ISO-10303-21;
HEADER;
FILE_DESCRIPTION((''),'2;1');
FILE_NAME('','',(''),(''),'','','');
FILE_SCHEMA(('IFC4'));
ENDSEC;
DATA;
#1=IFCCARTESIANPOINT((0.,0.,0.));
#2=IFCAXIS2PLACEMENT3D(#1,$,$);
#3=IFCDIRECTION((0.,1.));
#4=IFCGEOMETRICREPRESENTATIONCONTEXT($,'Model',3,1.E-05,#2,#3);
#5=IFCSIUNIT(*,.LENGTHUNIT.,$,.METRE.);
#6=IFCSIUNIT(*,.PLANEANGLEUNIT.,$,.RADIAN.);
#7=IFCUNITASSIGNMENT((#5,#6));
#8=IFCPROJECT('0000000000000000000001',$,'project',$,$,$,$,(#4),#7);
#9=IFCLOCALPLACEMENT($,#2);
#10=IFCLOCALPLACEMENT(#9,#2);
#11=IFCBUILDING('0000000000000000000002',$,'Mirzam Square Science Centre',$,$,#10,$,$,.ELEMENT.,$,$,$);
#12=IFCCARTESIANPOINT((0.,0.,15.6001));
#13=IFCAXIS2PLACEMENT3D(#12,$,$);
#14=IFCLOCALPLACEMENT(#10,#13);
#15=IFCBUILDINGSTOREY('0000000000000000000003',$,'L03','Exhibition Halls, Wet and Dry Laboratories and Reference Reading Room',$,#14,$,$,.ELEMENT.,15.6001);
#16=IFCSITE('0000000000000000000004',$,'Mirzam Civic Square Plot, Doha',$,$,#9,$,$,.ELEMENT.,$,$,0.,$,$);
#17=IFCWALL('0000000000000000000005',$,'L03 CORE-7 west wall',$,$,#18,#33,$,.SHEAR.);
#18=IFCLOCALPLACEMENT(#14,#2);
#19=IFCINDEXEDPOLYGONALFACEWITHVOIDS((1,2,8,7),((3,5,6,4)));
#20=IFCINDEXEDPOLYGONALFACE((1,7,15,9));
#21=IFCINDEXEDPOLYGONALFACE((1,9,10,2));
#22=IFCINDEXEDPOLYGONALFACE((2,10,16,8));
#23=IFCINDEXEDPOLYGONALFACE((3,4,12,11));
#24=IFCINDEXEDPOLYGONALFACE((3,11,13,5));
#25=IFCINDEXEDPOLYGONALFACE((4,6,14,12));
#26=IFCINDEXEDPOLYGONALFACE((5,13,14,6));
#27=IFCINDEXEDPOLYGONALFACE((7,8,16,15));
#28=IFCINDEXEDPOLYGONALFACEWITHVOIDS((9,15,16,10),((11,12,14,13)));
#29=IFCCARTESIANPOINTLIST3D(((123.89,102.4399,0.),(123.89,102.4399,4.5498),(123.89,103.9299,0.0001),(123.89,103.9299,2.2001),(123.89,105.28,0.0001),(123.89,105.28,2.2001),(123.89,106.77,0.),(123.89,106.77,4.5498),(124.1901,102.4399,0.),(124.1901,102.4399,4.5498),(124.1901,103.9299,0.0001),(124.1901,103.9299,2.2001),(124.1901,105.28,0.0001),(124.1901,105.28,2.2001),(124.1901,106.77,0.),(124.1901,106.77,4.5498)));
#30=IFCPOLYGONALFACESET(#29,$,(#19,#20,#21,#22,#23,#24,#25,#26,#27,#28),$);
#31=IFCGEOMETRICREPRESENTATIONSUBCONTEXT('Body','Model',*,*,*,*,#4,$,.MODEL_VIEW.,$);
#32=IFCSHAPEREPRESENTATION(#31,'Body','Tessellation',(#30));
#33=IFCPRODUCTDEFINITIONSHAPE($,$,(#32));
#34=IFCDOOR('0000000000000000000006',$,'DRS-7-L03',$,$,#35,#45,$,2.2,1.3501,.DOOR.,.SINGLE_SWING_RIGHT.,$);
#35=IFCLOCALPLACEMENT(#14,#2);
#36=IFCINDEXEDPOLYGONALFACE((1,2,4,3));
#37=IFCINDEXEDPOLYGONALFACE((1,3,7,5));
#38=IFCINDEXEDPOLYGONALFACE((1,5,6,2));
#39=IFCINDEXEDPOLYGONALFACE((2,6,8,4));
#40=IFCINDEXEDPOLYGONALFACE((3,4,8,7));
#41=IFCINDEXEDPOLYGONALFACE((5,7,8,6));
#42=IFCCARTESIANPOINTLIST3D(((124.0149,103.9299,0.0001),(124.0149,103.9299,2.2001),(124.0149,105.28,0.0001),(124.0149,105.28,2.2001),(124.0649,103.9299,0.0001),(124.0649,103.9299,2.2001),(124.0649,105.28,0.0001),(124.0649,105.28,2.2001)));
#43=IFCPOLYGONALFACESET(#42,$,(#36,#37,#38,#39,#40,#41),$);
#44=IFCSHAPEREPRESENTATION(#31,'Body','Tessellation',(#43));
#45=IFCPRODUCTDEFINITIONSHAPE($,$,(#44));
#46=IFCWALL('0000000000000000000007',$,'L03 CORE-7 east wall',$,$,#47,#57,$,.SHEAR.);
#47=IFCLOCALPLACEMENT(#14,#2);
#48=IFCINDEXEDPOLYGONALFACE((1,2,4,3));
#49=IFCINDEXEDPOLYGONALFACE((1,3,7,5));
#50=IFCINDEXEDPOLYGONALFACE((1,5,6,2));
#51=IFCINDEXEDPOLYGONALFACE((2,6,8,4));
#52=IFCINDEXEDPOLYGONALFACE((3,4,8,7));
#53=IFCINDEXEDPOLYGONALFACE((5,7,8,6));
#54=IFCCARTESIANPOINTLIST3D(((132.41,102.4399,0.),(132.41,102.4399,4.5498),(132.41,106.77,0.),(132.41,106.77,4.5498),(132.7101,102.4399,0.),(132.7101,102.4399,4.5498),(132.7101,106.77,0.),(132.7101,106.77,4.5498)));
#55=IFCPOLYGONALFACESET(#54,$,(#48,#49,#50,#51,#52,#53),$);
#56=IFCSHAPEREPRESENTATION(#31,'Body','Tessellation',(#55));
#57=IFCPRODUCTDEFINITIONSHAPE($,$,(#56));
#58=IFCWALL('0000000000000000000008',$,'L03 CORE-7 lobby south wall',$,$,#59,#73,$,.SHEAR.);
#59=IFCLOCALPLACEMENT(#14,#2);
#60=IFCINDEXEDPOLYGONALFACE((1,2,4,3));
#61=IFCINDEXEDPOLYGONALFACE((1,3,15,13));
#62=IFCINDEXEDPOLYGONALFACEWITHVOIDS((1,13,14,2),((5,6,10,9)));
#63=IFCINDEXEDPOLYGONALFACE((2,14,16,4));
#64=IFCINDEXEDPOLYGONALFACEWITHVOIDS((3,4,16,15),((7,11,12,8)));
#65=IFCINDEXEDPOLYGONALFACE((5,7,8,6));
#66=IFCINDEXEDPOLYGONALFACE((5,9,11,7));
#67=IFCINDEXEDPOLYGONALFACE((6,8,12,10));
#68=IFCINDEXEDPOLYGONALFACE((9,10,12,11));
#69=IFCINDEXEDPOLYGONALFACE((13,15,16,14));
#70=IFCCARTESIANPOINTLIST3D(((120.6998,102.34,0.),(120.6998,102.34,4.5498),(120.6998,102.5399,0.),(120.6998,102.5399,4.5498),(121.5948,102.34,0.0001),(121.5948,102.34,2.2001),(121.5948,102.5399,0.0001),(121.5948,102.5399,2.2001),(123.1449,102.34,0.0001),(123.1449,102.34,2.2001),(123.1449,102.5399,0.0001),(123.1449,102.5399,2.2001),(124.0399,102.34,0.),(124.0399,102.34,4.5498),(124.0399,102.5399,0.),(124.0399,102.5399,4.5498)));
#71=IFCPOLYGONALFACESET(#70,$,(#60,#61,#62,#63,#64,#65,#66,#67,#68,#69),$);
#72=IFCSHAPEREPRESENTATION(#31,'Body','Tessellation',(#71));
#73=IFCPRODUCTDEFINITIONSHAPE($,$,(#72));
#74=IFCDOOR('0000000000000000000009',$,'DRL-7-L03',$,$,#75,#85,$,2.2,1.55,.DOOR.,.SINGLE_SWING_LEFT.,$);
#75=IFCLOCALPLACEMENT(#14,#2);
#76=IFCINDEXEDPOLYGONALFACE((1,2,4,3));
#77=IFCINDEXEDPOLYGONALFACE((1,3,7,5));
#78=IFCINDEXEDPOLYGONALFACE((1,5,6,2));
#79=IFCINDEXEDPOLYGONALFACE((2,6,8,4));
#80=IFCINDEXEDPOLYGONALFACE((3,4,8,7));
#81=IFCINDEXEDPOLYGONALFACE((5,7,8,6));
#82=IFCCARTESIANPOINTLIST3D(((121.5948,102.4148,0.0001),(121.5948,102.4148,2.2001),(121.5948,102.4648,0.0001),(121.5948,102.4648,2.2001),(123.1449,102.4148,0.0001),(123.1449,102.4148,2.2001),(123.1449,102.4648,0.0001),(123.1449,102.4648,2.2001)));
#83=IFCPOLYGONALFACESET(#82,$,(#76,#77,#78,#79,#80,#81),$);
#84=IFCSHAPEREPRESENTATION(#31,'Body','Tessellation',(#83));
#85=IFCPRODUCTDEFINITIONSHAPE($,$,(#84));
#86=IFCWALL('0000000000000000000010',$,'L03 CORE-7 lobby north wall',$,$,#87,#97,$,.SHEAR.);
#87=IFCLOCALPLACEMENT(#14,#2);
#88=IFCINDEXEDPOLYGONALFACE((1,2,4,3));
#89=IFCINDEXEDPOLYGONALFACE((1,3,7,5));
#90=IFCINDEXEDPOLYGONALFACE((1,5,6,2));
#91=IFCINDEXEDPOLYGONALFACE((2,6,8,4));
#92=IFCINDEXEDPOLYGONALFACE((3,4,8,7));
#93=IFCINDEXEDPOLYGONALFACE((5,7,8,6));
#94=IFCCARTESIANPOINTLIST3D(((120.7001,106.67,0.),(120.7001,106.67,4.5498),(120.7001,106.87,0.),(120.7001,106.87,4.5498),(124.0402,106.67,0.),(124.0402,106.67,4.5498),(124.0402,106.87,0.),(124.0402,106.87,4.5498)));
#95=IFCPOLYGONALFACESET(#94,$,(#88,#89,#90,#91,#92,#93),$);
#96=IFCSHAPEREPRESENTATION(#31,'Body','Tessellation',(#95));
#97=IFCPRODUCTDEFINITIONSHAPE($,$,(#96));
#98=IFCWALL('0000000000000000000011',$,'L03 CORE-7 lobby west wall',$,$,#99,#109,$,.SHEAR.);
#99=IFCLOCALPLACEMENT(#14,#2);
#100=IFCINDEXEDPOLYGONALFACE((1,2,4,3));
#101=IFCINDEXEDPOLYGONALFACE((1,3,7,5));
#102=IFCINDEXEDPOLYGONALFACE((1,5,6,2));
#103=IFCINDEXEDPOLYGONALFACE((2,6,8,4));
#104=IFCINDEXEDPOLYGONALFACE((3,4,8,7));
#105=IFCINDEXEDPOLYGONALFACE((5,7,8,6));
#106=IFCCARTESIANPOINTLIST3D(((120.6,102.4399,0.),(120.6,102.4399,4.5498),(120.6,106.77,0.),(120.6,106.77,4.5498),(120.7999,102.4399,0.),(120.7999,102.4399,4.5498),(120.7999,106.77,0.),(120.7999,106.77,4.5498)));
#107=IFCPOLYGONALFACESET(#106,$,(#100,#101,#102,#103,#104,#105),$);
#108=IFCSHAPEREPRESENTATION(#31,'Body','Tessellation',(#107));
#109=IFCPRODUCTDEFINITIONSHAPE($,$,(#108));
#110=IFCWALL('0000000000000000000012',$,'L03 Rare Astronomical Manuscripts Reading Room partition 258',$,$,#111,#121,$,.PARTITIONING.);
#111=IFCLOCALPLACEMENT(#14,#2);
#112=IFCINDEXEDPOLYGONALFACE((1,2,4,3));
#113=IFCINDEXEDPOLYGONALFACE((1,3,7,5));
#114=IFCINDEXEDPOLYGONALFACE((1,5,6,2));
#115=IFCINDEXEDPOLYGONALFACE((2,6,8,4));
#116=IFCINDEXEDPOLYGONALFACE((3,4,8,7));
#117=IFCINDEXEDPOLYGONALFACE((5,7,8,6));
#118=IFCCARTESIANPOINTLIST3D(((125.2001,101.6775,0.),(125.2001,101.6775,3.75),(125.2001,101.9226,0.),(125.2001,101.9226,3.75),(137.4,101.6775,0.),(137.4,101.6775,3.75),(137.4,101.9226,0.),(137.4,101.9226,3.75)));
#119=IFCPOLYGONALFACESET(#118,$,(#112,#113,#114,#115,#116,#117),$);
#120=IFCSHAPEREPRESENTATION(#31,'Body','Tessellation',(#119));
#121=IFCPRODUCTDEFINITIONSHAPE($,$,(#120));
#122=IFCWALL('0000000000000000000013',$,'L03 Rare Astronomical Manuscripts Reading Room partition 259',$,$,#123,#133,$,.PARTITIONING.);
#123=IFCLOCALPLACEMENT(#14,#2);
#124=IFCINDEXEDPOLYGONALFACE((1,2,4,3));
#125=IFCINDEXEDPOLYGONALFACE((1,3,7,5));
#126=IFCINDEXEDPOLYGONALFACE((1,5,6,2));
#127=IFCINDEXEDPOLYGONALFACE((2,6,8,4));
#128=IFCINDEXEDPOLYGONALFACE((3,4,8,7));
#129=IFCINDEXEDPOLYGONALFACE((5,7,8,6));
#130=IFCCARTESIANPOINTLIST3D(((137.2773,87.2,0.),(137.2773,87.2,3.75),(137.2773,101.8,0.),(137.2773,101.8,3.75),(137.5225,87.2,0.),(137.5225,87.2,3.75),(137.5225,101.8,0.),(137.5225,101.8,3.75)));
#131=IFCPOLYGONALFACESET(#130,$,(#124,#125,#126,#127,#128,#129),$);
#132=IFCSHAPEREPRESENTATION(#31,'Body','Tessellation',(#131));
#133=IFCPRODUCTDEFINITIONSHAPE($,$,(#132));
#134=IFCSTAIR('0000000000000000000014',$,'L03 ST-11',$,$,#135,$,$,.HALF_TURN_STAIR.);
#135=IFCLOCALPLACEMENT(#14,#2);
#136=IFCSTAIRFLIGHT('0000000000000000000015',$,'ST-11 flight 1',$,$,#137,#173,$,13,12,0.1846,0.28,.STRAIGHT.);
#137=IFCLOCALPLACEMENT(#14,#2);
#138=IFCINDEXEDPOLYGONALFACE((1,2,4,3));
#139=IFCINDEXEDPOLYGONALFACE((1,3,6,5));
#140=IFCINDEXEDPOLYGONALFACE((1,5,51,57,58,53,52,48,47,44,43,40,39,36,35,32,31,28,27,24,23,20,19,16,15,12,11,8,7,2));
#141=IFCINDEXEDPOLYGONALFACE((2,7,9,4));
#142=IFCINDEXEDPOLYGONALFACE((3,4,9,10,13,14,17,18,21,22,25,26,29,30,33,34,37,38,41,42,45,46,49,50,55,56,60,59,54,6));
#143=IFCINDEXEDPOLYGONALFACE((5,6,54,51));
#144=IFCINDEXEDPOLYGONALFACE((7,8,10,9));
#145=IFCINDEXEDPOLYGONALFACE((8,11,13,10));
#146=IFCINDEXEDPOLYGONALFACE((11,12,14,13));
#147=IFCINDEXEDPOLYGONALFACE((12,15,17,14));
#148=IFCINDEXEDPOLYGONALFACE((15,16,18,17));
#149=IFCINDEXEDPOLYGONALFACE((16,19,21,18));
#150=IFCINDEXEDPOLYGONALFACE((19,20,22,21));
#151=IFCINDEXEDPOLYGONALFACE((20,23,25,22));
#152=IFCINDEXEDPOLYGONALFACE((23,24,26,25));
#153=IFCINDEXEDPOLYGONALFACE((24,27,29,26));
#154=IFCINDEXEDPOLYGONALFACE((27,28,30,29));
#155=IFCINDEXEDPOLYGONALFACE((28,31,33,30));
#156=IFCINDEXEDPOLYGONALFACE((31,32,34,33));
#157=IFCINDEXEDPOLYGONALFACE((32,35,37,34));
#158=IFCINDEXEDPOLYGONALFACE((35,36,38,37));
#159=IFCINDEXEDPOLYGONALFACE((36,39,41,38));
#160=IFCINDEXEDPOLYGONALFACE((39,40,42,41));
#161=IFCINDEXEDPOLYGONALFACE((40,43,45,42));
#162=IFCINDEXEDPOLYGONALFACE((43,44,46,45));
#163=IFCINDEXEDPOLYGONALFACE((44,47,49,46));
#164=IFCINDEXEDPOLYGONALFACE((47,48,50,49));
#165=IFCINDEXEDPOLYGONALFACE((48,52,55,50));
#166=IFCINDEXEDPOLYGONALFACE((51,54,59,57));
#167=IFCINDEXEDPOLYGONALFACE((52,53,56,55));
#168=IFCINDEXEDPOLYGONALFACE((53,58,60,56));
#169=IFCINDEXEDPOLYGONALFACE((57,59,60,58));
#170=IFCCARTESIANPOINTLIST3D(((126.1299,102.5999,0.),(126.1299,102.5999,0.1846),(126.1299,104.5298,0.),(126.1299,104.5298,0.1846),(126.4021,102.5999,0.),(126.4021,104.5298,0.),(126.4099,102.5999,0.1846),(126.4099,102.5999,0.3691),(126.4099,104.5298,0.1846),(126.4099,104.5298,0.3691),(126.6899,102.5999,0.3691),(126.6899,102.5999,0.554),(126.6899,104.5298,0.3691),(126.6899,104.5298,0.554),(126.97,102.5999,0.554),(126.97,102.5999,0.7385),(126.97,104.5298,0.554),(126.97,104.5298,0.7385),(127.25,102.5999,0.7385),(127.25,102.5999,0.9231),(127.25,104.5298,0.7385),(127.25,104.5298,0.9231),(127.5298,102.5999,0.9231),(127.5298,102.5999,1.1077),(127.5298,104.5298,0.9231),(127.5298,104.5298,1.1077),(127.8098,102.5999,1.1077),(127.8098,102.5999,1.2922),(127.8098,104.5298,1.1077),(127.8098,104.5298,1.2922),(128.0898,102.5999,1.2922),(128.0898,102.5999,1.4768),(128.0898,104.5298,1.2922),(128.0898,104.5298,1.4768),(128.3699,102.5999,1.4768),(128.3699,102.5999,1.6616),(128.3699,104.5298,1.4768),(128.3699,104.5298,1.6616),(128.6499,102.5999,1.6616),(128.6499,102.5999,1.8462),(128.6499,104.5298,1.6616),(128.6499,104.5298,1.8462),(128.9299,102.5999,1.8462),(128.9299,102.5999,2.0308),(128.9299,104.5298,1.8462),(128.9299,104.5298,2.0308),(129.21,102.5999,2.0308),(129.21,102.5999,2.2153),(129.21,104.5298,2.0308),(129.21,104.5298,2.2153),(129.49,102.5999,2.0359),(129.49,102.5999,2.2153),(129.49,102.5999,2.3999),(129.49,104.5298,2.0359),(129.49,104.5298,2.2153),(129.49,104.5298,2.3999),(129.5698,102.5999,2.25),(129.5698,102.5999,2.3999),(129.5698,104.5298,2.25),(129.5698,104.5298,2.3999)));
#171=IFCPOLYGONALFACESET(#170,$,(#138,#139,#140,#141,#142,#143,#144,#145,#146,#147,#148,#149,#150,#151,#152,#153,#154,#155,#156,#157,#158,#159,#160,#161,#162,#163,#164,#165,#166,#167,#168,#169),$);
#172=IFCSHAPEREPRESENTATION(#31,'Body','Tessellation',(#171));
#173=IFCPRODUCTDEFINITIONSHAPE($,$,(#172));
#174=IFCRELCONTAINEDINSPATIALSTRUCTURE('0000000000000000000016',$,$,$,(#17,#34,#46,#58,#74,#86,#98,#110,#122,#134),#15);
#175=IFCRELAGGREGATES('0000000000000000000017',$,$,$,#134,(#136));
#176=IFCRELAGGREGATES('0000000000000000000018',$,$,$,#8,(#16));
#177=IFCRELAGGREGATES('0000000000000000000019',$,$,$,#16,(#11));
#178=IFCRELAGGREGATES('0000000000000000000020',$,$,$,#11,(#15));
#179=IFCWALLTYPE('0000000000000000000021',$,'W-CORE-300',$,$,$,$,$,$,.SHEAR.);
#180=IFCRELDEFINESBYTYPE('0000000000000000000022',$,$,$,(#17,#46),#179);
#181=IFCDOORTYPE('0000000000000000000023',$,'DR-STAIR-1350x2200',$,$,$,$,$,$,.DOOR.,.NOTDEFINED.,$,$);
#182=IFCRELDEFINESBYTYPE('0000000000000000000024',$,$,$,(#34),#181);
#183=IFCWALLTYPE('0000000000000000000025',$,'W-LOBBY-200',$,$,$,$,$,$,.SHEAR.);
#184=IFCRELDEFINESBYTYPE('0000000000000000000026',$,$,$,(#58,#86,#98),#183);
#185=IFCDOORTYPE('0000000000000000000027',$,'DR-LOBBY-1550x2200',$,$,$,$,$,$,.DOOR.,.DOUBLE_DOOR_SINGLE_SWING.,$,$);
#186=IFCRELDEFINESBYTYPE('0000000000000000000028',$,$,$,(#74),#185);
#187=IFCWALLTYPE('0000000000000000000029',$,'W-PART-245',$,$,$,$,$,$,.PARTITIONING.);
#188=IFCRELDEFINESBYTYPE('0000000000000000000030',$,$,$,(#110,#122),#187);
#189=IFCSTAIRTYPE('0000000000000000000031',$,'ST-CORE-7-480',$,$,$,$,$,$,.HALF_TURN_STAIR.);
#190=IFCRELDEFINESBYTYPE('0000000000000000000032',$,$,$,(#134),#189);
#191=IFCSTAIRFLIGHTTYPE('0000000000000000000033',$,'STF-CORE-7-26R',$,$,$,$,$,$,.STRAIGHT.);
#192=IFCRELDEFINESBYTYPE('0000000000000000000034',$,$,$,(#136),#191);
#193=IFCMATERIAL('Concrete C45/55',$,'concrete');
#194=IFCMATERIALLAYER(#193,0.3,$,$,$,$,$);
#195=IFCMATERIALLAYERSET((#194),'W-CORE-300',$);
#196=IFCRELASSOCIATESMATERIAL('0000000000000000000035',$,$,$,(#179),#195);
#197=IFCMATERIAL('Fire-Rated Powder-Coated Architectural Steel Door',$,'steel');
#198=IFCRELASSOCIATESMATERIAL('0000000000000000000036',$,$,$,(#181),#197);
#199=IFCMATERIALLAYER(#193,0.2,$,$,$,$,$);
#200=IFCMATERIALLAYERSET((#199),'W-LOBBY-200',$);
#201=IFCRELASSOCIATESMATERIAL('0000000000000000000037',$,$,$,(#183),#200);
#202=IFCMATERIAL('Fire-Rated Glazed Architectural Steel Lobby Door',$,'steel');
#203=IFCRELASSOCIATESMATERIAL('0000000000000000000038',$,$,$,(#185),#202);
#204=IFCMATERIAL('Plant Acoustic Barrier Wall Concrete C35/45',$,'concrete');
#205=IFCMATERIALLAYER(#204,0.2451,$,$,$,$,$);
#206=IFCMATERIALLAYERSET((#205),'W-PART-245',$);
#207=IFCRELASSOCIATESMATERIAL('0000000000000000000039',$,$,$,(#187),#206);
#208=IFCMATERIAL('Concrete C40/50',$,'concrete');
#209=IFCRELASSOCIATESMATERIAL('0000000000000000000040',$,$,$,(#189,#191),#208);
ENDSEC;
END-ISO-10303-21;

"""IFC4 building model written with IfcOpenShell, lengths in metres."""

from ifc_helpers import new_model, si_unit, direction, frame, frame_2d, origin, place, context, subcontext, project, spatial, polyline, rectangle, outline, extrude, material, layer, layer_set, type_object, element, fill, aggregate, save


model = new_model("IFC4")

# Units and contexts
model_context = context("Model", 3, precision=1e-05, world=origin(), true_north=direction((0.0, 1.0)))
body_context = subcontext(model_context, "Body", "Model", "MODEL_VIEW")
ifc_project = project(units=[si_unit("LENGTHUNIT", "METRE"), si_unit("PLANEANGLEUNIT", "RADIAN")], contexts=[model_context])

# Site, building, storey
site_placement = place(None, origin())
site = spatial("IfcSite", under=ifc_project, at=site_placement, Name="Mirzam Civic Square Plot, Doha", CompositionType="ELEMENT", RefElevation=0.0)
building_placement = place(site_placement, origin())
building = spatial("IfcBuilding", under=site, at=building_placement, Name="Mirzam Square Science Centre", CompositionType="ELEMENT")
storey_placement = place(building_placement, frame((0.0, 0.0, 15.6001)))
storey = spatial("IfcBuildingStorey", under=building, at=storey_placement, Name="L03", Description="Exhibition Halls, Wet and Dry Laboratories and Reference Reading Room", CompositionType="ELEMENT", Elevation=15.6001)

# Shared definitions
ifc_material_1 = material(Name="Concrete C45/55", Category="concrete")
ifc_layer_1 = layer(ifc_material_1, 0.3)
ifc_layer_set_1 = layer_set([ifc_layer_1], Name="W-CORE-300")
wall_type_1 = type_object("IfcWallType", Name="W-CORE-300", PredefinedType="SHEAR", material=ifc_layer_set_1)

# Wall, opening, door
wall_1_placement = place(storey_placement, frame((124.04, 106.77, 0.0), z_axis=(0.0, 0.0, 1.0), x_axis=(0.0, -1.0, 0.0)))
wall_1 = element("IfcWall", 1, at=wall_1_placement, inside=storey, type_object=wall_type_1, Name="L03 CORE-7 west wall", PredefinedType="SHEAR", context=body_context, shape_type="SweptSolid", body=[
    extrude(rectangle(XDim=4.3301, YDim=0.3, at=frame_2d((2.165, 0.0))), origin(), (0.0, 0.0, 1.0), 4.5498),
])
opening_1_placement = place(wall_1_placement, frame((1.49, 0.0, 0.0)))
opening_1 = element("IfcOpeningElement", 2, at=opening_1_placement, cuts=wall_1, PredefinedType="OPENING", context=body_context, shape_type="SweptSolid", body=[
    extrude(rectangle(XDim=1.3501, YDim=2.2, at=frame_2d((0.675, 1.1001))), frame((0.0, 0.1599, 0.0), z_axis=(0.0, -1.0, 0.0), x_axis=(1.0, 0.0, 0.0)), (0.0, 0.0, 1.0), 0.3201),
])
ifc_material_2 = material(Name="Fire-Rated Powder-Coated Architectural Steel Door", Category="steel")
door_type_1 = type_object("IfcDoorType", Name="DR-STAIR-1350x2200", OperationType="NOTDEFINED", PredefinedType="DOOR", material=ifc_material_2)
door_1_placement = place(opening_1_placement, origin())
door_1 = element("IfcDoor", 3, at=door_1_placement, inside=storey, type_object=door_type_1, Name="DRS-7-L03", OperationType="SINGLE_SWING_RIGHT", OverallHeight=2.2, OverallWidth=1.3501, PredefinedType="DOOR", context=body_context, shape_type="SweptSolid", body=[
    extrude(rectangle(XDim=1.3501, YDim=2.2, at=frame_2d((0.675, 1.1001))), frame((0.0, 0.0249, 0.0), z_axis=(0.0, -1.0, 0.0), x_axis=(1.0, 0.0, 0.0)), (0.0, 0.0, 1.0), 0.05),
])
fill(opening_1, door_1)

# Wall
wall_2_placement = place(storey_placement, frame((132.5601, 102.4399, 0.0), z_axis=(0.0, 0.0, 1.0), x_axis=(0.0, 1.0, 0.0)))
element("IfcWall", 4, at=wall_2_placement, inside=storey, type_object=wall_type_1, Name="L03 CORE-7 east wall", PredefinedType="SHEAR", context=body_context, shape_type="SweptSolid", body=[
    extrude(rectangle(XDim=4.3301, YDim=0.3, at=frame_2d((2.165, 0.0))), origin(), (0.0, 0.0, 1.0), 4.5498),
])

# Wall, opening, door
ifc_layer_2 = layer(ifc_material_1, 0.2)
ifc_layer_set_2 = layer_set([ifc_layer_2], Name="W-LOBBY-200")
wall_type_2 = type_object("IfcWallType", Name="W-LOBBY-200", PredefinedType="SHEAR", material=ifc_layer_set_2)
wall_3_placement = place(storey_placement, frame((120.7, 102.4399, 0.0), z_axis=(0.0, 0.0, 1.0), x_axis=(1.0, 0.0, 0.0)))
wall_3 = element("IfcWall", 5, at=wall_3_placement, inside=storey, type_object=wall_type_2, Name="L03 CORE-7 lobby south wall", PredefinedType="SHEAR", context=body_context, shape_type="SweptSolid", body=[
    extrude(rectangle(XDim=3.3401, YDim=0.2, at=frame_2d((1.6699, 0.0))), origin(), (0.0, 0.0, 1.0), 4.5498),
])
opening_2_placement = place(wall_3_placement, frame((0.895, 0.0, 0.0)))
opening_2 = element("IfcOpeningElement", 6, at=opening_2_placement, cuts=wall_3, PredefinedType="OPENING", context=body_context, shape_type="SweptSolid", body=[
    extrude(rectangle(XDim=1.55, YDim=2.2, at=frame_2d((0.7749, 1.1001))), frame((0.0, 0.1099, 0.0), z_axis=(0.0, -1.0, 0.0), x_axis=(1.0, 0.0, 0.0)), (0.0, 0.0, 1.0), 0.22),
])
ifc_material_3 = material(Name="Fire-Rated Glazed Architectural Steel Lobby Door", Category="steel")
door_type_2 = type_object("IfcDoorType", Name="DR-LOBBY-1550x2200", OperationType="DOUBLE_DOOR_SINGLE_SWING", PredefinedType="DOOR", material=ifc_material_3)
door_2_placement = place(opening_2_placement, origin())
door_2 = element("IfcDoor", 7, at=door_2_placement, inside=storey, type_object=door_type_2, Name="DRL-7-L03", OperationType="SINGLE_SWING_LEFT", OverallHeight=2.2, OverallWidth=1.55, PredefinedType="DOOR", context=body_context, shape_type="SweptSolid", body=[
    extrude(rectangle(XDim=1.55, YDim=2.2, at=frame_2d((0.7749, 1.1001))), frame((0.0, 0.0249, 0.0), z_axis=(0.0, -1.0, 0.0), x_axis=(1.0, 0.0, 0.0)), (0.0, 0.0, 1.0), 0.05),
])
fill(opening_2, door_2)

# Walls
wall_4_placement = place(storey_placement, frame((124.04, 106.77, 0.0), z_axis=(0.0, 0.0, 1.0), x_axis=(-1.0, 0.0, 0.0)))
element("IfcWall", 8, at=wall_4_placement, inside=storey, type_object=wall_type_2, Name="L03 CORE-7 lobby north wall", PredefinedType="SHEAR", context=body_context, shape_type="SweptSolid", body=[
    extrude(rectangle(XDim=3.3401, YDim=0.2, at=frame_2d((1.6699, 0.0))), origin(), (0.0, 0.0, 1.0), 4.5498),
])
wall_5_placement = place(storey_placement, frame((120.7, 106.77, 0.0), z_axis=(0.0, 0.0, 1.0), x_axis=(0.0, -1.0, 0.0)))
element("IfcWall", 9, at=wall_5_placement, inside=storey, type_object=wall_type_2, Name="L03 CORE-7 lobby west wall", PredefinedType="SHEAR", context=body_context, shape_type="SweptSolid", body=[
    extrude(rectangle(XDim=4.3301, YDim=0.2, at=frame_2d((2.165, 0.0))), origin(), (0.0, 0.0, 1.0), 4.5498),
])
ifc_material_4 = material(Name="Plant Acoustic Barrier Wall Concrete C35/45", Category="concrete")
ifc_layer_3 = layer(ifc_material_4, 0.2451)
ifc_layer_set_3 = layer_set([ifc_layer_3], Name="W-PART-245")
wall_type_3 = type_object("IfcWallType", Name="W-PART-245", PredefinedType="PARTITIONING", material=ifc_layer_set_3)
wall_6_placement = place(storey_placement, frame((125.2, 101.8, 0.0), z_axis=(0.0, 0.0, 1.0), x_axis=(1.0, 0.0, 0.0)))
element("IfcWall", 10, at=wall_6_placement, inside=storey, type_object=wall_type_3, Name="L03 Rare Astronomical Manuscripts Reading Room partition 258", PredefinedType="PARTITIONING", context=body_context, shape_type="SweptSolid", body=[
    extrude(rectangle(XDim=12.2, YDim=0.2451, at=frame_2d((6.1001, 0.0))), origin(), (0.0, 0.0, 1.0), 3.75),
])
wall_7_placement = place(storey_placement, frame((137.3999, 101.8, 0.0), z_axis=(0.0, 0.0, 1.0), x_axis=(0.0, -1.0, 0.0)))
element("IfcWall", 11, at=wall_7_placement, inside=storey, type_object=wall_type_3, Name="L03 Rare Astronomical Manuscripts Reading Room partition 259", PredefinedType="PARTITIONING", context=body_context, shape_type="SweptSolid", body=[
    extrude(rectangle(XDim=14.6001, YDim=0.2451, at=frame_2d((7.3, 0.0))), origin(), (0.0, 0.0, 1.0), 3.75),
])

# Stair, stair flight
ifc_material_5 = material(Name="Concrete C40/50", Category="concrete")
stair_type = type_object("IfcStairType", Name="ST-CORE-7-480", PredefinedType="HALF_TURN_STAIR", material=ifc_material_5)
stair_placement = place(storey_placement, origin())
stair = element("IfcStair", 12, at=stair_placement, inside=storey, type_object=stair_type, Name="L03 ST-11", PredefinedType="HALF_TURN_STAIR")
stair_flight_type = type_object("IfcStairFlightType", Name="STF-CORE-7-26R", PredefinedType="STRAIGHT", material=ifc_material_5)
stair_flight_1_placement = place(storey_placement, frame((126.1299, 103.5649, 0.0), z_axis=(0.0, 0.0, 1.0), x_axis=(1.0, 0.0, 0.0)))
stair_flight_1 = element("IfcStairFlight", 13, at=stair_flight_1_placement, type_object=stair_flight_type, Name="ST-11 flight 1", NumberOfRisers=13, NumberOfTreads=12, PredefinedType="STRAIGHT", RiserHeight=0.1846, TreadLength=0.28, context=body_context, shape_type="SweptSolid", body=[
    extrude(outline(polyline([(0.0, 0.0), (0.0, 0.1846), (0.28, 0.1846), (0.28, 0.3691), (0.5601, 0.3691), (0.5601, 0.554), (0.8401, 0.554), (0.8401, 0.7385), (1.1201, 0.7385), (1.1201, 0.9231), (1.3999, 0.9231), (1.3999, 1.1077), (1.6799, 1.1077), (1.6799, 1.2922), (1.96, 1.2922), (1.96, 1.4768), (2.24, 1.4768), (2.24, 1.6616), (2.52, 1.6616), (2.52, 1.8462), (2.8, 1.8462), (2.8, 2.0308), (3.0801, 2.0308), (3.0801, 2.2153), (3.3601, 2.2153), (3.3601, 2.3999), (3.4399, 2.3999), (3.4399, 2.25), (3.3601, 2.0359), (0.2722, 0.0), (0.0, 0.0)])), frame((0.0, 0.9648, 0.0), z_axis=(0.0, -1.0, 0.0), x_axis=(1.0, 0.0, 0.0)), (0.0, 0.0, 1.0), 1.9299),
])
aggregate(stair, [stair_flight_1])

save(model, "model.ifc")
